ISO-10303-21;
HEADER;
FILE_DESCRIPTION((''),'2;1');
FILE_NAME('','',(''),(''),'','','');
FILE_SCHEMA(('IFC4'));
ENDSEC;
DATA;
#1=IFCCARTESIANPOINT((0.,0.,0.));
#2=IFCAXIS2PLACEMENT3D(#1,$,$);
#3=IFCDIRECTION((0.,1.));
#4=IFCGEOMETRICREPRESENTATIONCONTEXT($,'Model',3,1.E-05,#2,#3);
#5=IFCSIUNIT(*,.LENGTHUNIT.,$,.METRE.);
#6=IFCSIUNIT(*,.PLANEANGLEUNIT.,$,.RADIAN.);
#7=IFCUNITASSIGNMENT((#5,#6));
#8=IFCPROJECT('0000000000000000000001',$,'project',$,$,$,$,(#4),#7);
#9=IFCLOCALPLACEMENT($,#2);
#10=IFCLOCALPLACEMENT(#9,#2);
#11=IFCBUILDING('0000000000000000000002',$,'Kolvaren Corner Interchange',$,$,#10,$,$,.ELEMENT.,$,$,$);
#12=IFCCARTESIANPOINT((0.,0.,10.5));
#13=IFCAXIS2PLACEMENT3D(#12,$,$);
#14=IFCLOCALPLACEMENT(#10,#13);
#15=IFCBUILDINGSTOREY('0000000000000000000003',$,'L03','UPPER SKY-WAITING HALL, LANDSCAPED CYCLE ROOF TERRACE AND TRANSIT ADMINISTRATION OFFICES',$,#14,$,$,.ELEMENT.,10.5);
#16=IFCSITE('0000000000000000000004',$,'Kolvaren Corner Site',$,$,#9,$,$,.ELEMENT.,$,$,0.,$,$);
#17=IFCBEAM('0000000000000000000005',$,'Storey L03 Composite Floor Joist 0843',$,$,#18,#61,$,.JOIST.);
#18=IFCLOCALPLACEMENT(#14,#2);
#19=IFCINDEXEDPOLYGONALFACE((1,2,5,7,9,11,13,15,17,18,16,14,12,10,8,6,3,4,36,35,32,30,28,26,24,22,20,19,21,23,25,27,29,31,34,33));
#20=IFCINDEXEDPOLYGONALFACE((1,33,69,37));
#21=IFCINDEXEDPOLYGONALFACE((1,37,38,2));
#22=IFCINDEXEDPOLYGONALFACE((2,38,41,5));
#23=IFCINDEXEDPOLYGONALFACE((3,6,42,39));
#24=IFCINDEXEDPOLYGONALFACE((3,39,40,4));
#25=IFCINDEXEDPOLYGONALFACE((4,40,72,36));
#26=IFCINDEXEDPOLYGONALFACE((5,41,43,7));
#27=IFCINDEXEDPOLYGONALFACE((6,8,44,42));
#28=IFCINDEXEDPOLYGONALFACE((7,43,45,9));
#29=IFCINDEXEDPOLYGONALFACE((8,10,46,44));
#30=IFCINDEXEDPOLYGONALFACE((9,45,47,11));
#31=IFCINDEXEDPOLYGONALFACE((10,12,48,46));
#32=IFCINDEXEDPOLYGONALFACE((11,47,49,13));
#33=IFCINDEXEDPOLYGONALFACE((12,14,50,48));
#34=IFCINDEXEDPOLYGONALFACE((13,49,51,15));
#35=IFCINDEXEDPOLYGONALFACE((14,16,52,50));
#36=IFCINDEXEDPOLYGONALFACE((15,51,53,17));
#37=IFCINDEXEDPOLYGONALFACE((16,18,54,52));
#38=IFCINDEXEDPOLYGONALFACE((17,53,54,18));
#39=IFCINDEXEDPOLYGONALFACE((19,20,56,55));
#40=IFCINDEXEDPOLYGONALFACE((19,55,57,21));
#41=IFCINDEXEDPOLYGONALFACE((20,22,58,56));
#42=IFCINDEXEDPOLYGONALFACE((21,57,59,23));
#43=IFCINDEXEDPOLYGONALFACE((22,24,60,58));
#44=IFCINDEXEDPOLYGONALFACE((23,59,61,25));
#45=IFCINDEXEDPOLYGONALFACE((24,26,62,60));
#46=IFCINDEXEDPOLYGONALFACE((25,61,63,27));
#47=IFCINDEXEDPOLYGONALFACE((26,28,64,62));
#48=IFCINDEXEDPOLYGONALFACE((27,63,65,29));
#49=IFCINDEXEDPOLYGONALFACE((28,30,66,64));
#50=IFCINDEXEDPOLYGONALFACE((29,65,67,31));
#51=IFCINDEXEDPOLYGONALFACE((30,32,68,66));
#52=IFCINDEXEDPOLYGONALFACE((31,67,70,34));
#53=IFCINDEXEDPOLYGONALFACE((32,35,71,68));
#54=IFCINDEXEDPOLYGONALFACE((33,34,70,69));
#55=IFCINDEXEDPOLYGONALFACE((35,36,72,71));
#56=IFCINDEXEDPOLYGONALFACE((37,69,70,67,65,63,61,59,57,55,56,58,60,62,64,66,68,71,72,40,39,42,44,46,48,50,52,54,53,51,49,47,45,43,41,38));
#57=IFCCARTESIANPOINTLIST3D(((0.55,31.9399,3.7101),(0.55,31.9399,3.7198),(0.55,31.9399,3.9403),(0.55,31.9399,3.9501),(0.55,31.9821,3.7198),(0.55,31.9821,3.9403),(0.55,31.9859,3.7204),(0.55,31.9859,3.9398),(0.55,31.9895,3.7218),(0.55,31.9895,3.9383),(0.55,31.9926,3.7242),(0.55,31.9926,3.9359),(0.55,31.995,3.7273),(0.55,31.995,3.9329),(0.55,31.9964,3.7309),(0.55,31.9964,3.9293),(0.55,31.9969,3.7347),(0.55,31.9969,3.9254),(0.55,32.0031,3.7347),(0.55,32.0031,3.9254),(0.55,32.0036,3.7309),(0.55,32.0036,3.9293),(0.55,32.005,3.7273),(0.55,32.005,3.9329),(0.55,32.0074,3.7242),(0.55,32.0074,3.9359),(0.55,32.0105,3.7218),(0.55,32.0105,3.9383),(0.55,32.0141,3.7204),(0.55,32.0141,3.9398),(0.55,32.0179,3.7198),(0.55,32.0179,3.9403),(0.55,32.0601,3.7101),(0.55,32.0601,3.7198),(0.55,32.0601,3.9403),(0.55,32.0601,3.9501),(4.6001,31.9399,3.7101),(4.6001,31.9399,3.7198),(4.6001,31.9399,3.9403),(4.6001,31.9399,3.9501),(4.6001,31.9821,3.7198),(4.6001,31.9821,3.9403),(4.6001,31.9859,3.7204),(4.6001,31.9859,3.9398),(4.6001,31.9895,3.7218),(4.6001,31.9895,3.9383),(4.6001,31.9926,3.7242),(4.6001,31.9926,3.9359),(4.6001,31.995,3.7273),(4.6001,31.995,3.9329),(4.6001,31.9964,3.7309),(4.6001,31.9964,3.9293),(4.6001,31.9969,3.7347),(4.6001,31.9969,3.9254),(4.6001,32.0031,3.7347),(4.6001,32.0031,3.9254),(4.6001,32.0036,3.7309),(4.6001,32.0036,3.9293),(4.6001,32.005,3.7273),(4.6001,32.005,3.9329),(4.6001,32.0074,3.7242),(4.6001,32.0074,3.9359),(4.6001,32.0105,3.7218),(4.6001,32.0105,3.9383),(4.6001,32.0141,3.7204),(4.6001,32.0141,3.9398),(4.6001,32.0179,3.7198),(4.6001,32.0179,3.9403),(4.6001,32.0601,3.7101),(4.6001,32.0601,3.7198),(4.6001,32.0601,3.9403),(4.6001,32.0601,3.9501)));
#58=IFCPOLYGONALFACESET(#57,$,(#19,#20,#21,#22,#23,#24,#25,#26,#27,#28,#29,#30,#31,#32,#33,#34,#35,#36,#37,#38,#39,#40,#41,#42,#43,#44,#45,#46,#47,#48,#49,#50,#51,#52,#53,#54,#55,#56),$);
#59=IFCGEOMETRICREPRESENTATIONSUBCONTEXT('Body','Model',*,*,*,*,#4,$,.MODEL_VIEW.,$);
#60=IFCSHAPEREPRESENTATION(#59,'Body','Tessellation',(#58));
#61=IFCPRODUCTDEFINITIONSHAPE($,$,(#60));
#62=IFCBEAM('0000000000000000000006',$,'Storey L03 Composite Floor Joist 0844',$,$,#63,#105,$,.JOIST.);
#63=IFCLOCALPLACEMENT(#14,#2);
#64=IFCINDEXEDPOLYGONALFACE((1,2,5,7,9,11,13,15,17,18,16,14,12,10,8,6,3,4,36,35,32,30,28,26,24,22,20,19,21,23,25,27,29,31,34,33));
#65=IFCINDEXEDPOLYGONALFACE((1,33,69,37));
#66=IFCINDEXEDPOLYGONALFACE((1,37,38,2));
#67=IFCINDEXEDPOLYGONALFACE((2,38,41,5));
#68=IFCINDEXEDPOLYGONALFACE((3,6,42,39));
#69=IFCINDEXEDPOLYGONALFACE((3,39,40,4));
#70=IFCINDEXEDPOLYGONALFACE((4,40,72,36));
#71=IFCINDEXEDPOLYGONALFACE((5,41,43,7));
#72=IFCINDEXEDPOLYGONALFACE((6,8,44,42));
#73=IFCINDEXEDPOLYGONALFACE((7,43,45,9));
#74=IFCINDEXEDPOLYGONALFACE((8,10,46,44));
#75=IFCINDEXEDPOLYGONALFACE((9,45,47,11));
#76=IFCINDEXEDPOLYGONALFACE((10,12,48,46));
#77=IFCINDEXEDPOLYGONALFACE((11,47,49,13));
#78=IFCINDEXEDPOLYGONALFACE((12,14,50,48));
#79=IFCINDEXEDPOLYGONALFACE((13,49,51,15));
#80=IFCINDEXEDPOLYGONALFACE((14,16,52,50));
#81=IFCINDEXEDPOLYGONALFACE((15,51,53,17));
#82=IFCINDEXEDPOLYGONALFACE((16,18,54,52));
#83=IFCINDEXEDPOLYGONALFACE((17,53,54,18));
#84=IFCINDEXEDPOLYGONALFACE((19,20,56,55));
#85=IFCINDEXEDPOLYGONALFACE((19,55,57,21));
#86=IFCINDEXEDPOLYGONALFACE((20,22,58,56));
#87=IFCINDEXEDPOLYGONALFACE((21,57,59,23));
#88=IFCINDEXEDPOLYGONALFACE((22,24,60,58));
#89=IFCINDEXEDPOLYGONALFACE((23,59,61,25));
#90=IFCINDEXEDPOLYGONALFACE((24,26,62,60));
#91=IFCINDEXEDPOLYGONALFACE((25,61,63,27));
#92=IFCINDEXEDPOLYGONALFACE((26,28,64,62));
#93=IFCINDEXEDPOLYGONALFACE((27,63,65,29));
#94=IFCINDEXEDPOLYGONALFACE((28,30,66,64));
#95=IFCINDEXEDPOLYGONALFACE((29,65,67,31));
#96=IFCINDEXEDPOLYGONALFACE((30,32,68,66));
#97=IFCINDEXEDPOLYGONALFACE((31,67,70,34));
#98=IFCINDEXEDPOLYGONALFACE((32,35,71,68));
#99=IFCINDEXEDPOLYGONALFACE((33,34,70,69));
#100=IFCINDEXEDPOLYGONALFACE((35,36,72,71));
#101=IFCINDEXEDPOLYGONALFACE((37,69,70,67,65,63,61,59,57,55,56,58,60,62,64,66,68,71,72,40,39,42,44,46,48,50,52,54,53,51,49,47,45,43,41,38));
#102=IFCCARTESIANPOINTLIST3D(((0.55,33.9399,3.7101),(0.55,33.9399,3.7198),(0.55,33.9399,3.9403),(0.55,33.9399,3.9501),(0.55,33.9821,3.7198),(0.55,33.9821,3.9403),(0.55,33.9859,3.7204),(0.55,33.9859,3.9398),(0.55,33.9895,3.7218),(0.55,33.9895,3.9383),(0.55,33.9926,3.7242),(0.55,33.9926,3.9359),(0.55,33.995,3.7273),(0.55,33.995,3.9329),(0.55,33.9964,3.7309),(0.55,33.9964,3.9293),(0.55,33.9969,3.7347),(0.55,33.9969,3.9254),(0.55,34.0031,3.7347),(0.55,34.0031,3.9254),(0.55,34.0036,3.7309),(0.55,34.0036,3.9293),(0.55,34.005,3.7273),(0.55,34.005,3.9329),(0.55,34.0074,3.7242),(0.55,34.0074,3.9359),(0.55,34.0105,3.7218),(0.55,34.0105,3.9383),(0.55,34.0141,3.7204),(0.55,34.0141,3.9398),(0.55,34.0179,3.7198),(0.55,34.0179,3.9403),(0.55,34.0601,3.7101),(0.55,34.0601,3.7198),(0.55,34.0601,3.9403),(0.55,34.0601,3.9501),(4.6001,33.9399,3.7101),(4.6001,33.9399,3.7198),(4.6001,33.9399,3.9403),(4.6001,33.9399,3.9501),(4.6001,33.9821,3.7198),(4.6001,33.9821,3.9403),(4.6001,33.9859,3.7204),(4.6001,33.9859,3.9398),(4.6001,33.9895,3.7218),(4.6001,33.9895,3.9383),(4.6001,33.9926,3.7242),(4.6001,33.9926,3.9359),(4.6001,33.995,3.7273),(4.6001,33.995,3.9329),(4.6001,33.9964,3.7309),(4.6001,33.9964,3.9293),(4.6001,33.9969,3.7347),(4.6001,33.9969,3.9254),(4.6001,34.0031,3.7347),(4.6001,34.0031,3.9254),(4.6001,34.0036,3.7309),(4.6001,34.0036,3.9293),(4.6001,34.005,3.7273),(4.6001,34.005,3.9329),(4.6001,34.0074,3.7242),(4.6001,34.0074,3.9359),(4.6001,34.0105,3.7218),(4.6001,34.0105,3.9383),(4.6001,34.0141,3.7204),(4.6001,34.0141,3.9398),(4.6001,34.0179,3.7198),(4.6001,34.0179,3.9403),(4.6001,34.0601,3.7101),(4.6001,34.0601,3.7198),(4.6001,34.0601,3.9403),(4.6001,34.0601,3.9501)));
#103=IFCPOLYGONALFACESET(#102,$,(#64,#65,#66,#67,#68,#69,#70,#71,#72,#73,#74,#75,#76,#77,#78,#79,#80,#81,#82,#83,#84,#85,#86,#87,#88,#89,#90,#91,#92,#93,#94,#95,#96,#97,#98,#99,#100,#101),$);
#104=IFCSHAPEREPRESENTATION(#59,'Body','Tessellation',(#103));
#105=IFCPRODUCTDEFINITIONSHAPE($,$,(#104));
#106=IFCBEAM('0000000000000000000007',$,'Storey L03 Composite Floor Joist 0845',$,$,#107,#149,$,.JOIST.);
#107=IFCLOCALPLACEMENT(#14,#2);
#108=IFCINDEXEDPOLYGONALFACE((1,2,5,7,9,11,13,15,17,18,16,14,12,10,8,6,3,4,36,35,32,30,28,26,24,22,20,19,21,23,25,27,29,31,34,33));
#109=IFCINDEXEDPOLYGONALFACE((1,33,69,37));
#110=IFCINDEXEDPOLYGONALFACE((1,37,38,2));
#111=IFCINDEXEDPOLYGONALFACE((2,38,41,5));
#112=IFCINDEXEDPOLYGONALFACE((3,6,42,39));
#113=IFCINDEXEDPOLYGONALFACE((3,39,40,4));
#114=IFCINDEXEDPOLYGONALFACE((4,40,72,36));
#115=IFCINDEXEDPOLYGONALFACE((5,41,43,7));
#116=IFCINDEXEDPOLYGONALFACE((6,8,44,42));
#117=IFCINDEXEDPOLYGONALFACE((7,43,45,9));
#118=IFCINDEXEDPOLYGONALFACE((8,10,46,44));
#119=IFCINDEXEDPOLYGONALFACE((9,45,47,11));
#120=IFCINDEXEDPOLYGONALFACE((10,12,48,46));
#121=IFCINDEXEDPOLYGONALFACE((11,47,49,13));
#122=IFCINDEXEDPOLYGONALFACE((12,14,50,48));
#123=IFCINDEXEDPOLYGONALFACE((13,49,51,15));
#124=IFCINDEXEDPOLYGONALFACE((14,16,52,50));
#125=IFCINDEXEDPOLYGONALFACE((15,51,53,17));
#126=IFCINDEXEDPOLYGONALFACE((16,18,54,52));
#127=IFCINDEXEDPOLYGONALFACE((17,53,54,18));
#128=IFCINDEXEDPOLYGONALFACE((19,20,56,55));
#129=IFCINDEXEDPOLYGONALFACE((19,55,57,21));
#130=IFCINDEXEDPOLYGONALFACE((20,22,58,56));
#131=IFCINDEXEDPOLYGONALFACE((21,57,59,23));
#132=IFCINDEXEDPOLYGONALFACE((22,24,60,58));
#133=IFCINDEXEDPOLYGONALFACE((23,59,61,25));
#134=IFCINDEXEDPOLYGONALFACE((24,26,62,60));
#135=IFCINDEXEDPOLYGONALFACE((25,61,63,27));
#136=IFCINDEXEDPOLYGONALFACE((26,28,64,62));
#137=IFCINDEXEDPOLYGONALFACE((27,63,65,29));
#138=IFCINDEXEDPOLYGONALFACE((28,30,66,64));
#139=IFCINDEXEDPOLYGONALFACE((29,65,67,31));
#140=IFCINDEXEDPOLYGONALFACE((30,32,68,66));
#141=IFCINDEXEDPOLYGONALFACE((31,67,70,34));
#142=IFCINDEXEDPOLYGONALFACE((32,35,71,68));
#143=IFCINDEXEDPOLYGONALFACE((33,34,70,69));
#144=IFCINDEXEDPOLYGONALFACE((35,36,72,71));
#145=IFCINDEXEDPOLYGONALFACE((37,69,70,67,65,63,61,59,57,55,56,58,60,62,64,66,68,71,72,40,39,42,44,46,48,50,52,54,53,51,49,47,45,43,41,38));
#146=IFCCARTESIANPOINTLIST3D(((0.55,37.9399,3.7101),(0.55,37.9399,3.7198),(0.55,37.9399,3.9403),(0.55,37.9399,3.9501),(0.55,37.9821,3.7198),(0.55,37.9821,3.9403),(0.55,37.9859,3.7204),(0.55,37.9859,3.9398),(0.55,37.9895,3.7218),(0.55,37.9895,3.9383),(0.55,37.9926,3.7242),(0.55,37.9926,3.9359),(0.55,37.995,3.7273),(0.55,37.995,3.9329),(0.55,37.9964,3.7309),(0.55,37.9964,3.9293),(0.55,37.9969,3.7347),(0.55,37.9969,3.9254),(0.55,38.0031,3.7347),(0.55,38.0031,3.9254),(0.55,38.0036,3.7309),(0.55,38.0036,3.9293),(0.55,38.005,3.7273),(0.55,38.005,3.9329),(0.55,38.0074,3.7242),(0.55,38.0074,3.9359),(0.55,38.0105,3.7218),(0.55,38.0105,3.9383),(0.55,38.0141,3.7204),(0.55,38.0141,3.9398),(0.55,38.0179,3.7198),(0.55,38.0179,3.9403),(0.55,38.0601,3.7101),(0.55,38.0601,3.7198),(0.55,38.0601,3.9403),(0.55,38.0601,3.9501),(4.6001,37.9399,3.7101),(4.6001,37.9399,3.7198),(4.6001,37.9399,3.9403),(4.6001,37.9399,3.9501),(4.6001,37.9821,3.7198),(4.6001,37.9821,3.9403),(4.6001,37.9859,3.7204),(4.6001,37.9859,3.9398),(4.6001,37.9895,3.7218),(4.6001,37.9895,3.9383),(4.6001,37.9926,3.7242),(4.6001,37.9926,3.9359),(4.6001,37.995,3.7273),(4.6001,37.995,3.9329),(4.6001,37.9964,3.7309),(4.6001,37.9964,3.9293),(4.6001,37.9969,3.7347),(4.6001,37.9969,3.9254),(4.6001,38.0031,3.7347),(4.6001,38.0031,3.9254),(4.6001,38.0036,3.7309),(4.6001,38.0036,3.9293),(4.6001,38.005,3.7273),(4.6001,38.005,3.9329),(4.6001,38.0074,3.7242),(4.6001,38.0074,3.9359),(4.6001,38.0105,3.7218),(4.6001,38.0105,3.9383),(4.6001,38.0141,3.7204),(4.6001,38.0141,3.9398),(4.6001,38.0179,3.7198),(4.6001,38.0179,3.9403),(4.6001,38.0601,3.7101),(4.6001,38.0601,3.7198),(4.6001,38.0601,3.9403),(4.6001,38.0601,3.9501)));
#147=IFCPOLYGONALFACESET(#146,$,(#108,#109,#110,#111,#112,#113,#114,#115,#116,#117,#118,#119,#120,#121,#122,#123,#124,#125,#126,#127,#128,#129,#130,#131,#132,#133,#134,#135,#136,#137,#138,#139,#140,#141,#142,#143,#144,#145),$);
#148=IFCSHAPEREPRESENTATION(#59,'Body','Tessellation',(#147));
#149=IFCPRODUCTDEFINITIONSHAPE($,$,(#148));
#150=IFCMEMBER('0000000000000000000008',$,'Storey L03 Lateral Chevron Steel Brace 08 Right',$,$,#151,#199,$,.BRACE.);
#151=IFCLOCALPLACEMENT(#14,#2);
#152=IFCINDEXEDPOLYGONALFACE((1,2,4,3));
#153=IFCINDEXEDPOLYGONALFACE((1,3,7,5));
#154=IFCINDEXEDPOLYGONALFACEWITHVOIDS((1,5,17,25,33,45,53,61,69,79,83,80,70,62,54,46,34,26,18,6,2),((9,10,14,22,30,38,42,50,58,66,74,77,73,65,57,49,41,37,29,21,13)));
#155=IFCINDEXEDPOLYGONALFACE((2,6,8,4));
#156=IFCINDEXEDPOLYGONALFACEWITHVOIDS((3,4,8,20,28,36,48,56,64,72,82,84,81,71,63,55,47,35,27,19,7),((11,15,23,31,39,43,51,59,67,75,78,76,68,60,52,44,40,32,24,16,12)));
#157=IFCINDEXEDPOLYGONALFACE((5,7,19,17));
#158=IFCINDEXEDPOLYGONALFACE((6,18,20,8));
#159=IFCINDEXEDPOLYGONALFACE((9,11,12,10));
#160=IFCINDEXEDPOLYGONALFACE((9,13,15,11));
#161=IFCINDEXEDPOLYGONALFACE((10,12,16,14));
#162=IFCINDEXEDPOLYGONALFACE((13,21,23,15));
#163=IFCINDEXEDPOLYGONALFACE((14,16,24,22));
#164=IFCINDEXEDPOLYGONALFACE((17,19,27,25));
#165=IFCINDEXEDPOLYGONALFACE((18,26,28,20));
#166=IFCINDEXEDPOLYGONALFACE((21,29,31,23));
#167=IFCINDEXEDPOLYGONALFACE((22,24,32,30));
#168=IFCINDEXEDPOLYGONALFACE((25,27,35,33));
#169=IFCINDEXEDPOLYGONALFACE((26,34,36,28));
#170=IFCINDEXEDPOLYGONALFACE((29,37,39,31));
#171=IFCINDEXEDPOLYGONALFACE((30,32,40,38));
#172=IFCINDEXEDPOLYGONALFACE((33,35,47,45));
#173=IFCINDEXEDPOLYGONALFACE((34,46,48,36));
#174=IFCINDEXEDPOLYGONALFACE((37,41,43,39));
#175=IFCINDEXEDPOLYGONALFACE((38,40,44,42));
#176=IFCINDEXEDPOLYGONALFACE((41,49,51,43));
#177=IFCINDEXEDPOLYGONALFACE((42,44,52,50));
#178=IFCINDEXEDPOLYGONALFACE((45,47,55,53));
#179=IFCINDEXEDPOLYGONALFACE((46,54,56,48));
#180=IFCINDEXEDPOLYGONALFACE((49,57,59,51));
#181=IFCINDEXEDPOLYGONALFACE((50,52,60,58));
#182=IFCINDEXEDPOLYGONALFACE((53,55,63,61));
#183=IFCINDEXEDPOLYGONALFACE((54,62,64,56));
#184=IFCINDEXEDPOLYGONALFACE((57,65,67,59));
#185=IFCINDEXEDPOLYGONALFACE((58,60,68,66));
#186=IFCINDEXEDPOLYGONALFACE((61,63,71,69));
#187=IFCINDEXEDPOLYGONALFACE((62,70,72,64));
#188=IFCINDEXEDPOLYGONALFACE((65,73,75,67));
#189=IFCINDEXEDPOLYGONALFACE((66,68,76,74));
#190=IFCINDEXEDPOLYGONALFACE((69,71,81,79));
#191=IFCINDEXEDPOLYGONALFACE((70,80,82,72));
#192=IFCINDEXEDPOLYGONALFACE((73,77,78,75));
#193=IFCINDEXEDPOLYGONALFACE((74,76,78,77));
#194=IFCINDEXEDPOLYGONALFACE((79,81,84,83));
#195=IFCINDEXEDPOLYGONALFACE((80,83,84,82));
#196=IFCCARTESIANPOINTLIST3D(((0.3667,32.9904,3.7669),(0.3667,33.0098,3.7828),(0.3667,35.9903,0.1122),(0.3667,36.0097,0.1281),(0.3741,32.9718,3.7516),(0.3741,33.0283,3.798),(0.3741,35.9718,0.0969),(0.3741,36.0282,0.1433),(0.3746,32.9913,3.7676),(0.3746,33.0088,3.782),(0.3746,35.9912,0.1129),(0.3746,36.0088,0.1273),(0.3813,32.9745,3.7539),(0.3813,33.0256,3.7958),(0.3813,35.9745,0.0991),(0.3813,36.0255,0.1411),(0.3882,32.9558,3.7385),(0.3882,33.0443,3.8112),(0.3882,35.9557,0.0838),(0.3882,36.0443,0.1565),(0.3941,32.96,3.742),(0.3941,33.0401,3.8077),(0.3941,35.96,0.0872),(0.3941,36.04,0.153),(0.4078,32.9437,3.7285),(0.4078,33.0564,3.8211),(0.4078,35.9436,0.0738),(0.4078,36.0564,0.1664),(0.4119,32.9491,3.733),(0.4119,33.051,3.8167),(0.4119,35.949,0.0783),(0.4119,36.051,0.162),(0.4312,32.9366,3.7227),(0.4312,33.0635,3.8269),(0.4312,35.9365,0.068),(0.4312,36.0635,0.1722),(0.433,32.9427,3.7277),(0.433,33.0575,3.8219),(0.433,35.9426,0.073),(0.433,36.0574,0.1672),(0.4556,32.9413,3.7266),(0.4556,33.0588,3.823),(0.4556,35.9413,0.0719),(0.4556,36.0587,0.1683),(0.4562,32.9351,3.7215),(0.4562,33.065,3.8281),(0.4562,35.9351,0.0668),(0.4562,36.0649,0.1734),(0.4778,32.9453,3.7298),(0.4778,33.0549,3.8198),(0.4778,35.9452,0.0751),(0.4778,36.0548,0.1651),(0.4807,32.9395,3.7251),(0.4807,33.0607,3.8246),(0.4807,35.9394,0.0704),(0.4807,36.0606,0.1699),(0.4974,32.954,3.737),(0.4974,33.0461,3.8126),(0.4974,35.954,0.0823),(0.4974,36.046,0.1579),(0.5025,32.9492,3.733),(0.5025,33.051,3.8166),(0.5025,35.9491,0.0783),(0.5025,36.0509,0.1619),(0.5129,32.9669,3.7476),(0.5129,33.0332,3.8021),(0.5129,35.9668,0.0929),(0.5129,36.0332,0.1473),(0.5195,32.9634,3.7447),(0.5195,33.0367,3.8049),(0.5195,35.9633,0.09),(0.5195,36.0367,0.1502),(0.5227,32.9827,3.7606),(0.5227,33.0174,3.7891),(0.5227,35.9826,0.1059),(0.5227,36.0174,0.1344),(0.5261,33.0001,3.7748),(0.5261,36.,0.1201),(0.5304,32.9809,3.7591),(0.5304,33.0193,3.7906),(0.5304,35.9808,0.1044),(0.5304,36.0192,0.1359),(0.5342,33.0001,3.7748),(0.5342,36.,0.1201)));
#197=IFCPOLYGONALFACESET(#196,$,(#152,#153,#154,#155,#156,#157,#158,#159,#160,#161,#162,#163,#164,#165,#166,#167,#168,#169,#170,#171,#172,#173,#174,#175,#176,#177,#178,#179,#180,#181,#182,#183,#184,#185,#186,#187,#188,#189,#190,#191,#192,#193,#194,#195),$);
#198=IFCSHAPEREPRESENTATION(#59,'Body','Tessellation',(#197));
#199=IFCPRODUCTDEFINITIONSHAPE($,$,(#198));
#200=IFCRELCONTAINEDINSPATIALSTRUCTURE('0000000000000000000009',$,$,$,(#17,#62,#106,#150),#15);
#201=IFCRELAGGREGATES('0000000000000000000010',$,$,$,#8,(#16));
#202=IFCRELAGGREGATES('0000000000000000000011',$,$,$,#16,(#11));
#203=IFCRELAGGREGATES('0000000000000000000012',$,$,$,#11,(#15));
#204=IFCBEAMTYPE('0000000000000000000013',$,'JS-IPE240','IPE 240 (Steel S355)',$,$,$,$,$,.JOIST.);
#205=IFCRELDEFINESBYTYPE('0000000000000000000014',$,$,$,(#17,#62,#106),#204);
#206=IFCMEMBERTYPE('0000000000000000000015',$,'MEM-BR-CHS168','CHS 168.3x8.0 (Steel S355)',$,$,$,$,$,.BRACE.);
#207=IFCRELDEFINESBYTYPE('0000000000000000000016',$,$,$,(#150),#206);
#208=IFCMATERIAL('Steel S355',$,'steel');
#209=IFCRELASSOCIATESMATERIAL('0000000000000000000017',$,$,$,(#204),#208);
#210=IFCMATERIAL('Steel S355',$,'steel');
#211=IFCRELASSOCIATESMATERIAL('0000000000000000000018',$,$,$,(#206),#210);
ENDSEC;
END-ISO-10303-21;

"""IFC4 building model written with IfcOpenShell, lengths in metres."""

from ifc_helpers import new_model, si_unit, direction, frame, origin, origin_2d, place, context, subcontext, project, spatial, hollow_circle, i_section, extrude, material, material_profile, profile_set, type_object, element, save


model = new_model("IFC4")

# Units and contexts
model_context = context("Model", 3, precision=1e-05, world=origin(), true_north=direction((0.0, 1.0)))
body_context = subcontext(model_context, "Body", "Model", "MODEL_VIEW")
ifc_project = project(units=[si_unit("LENGTHUNIT", "METRE"), si_unit("PLANEANGLEUNIT", "RADIAN")], contexts=[model_context])

# Site, building, storey
site_placement = place(None, origin())
site = spatial("IfcSite", under=ifc_project, at=site_placement, Name="Kolvaren Corner Site", CompositionType="ELEMENT", RefElevation=0.0)
building_placement = place(site_placement, origin())
building = spatial("IfcBuilding", under=site, at=building_placement, Name="Kolvaren Corner Interchange", CompositionType="ELEMENT")
storey_placement = place(building_placement, frame((0.0, 0.0, 10.5)))
storey = spatial("IfcBuildingStorey", under=building, at=storey_placement, Name="L03", Description="UPPER SKY-WAITING HALL, LANDSCAPED CYCLE ROOF TERRACE AND TRANSIT ADMINISTRATION OFFICES", CompositionType="ELEMENT", Elevation=10.5)

# Beams
ifc_material_1 = material(Name="Steel S355", Category="steel")
ifc_material_profile_1 = material_profile(ifc_material_1, i_section(OverallWidth=0.1201, OverallDepth=0.24, WebThickness=0.0061, FlangeThickness=0.0098, FilletRadius=0.0149, at=origin_2d()), Name="IPE 240")
ifc_profile_set_1 = profile_set([ifc_material_profile_1], Name="Steel S355")
beam_type_1 = type_object("IfcBeamType", Name="JS-IPE240", Description="IPE 240 (Steel S355)", PredefinedType="JOIST", material=ifc_profile_set_1)
for number, where, z_axis, x_axis, name in (
    (1, (0.55, 32.0, 3.8301), (1.0, 0.0, 0.0), (0.0, 1.0, 0.0), "Storey L03 Composite Floor Joist 0843"),
    (2, (0.55, 34.0, 3.8301), (1.0, 0.0, 0.0), (0.0, 1.0, 0.0), "Storey L03 Composite Floor Joist 0844"),
    (3, (0.55, 38.0, 3.8301), (1.0, 0.0, 0.0), (0.0, 1.0, 0.0), "Storey L03 Composite Floor Joist 0845"),
):
    element("IfcBeam", number, at=place(storey_placement, frame(where, z_axis=z_axis, x_axis=x_axis)), inside=storey, type_object=beam_type_1, Name=name, PredefinedType="JOIST", context=body_context, shape_type="SweptSolid", body=[
        extrude(i_section(OverallWidth=0.1201, OverallDepth=0.24, WebThickness=0.0061, FlangeThickness=0.0098, FilletRadius=0.0149, at=origin_2d()), origin(), (0.0, 0.0, 1.0), 4.05),
    ])

# Member
ifc_material_2 = material(Name="Steel S355", Category="steel")
ifc_material_profile_2 = material_profile(ifc_material_2, hollow_circle(Radius=0.0842, WallThickness=0.0081, at=origin_2d()), Name="CHS 168.3x8.0")
ifc_profile_set_2 = profile_set([ifc_material_profile_2], Name="Steel S355")
member_type = type_object("IfcMemberType", Name="MEM-BR-CHS168", Description="CHS 168.3x8.0 (Steel S355)", PredefinedType="BRACE", material=ifc_profile_set_2)
member_placement = place(storey_placement, frame((0.45, 36.0, 0.1201), z_axis=(0.0, -0.634469, 0.772949), x_axis=(1.0, 0.0, 0.0)))
element("IfcMember", 4, at=member_placement, inside=storey, type_object=member_type, Name="Storey L03 Lateral Chevron Steel Brace 08 Right", PredefinedType="BRACE", context=body_context, shape_type="SweptSolid", body=[
    extrude(hollow_circle(Radius=0.0842, WallThickness=0.0081, at=origin_2d()), origin(), (0.0, 0.0, 1.0), 4.7283),
])

save(model, "model.ifc")
